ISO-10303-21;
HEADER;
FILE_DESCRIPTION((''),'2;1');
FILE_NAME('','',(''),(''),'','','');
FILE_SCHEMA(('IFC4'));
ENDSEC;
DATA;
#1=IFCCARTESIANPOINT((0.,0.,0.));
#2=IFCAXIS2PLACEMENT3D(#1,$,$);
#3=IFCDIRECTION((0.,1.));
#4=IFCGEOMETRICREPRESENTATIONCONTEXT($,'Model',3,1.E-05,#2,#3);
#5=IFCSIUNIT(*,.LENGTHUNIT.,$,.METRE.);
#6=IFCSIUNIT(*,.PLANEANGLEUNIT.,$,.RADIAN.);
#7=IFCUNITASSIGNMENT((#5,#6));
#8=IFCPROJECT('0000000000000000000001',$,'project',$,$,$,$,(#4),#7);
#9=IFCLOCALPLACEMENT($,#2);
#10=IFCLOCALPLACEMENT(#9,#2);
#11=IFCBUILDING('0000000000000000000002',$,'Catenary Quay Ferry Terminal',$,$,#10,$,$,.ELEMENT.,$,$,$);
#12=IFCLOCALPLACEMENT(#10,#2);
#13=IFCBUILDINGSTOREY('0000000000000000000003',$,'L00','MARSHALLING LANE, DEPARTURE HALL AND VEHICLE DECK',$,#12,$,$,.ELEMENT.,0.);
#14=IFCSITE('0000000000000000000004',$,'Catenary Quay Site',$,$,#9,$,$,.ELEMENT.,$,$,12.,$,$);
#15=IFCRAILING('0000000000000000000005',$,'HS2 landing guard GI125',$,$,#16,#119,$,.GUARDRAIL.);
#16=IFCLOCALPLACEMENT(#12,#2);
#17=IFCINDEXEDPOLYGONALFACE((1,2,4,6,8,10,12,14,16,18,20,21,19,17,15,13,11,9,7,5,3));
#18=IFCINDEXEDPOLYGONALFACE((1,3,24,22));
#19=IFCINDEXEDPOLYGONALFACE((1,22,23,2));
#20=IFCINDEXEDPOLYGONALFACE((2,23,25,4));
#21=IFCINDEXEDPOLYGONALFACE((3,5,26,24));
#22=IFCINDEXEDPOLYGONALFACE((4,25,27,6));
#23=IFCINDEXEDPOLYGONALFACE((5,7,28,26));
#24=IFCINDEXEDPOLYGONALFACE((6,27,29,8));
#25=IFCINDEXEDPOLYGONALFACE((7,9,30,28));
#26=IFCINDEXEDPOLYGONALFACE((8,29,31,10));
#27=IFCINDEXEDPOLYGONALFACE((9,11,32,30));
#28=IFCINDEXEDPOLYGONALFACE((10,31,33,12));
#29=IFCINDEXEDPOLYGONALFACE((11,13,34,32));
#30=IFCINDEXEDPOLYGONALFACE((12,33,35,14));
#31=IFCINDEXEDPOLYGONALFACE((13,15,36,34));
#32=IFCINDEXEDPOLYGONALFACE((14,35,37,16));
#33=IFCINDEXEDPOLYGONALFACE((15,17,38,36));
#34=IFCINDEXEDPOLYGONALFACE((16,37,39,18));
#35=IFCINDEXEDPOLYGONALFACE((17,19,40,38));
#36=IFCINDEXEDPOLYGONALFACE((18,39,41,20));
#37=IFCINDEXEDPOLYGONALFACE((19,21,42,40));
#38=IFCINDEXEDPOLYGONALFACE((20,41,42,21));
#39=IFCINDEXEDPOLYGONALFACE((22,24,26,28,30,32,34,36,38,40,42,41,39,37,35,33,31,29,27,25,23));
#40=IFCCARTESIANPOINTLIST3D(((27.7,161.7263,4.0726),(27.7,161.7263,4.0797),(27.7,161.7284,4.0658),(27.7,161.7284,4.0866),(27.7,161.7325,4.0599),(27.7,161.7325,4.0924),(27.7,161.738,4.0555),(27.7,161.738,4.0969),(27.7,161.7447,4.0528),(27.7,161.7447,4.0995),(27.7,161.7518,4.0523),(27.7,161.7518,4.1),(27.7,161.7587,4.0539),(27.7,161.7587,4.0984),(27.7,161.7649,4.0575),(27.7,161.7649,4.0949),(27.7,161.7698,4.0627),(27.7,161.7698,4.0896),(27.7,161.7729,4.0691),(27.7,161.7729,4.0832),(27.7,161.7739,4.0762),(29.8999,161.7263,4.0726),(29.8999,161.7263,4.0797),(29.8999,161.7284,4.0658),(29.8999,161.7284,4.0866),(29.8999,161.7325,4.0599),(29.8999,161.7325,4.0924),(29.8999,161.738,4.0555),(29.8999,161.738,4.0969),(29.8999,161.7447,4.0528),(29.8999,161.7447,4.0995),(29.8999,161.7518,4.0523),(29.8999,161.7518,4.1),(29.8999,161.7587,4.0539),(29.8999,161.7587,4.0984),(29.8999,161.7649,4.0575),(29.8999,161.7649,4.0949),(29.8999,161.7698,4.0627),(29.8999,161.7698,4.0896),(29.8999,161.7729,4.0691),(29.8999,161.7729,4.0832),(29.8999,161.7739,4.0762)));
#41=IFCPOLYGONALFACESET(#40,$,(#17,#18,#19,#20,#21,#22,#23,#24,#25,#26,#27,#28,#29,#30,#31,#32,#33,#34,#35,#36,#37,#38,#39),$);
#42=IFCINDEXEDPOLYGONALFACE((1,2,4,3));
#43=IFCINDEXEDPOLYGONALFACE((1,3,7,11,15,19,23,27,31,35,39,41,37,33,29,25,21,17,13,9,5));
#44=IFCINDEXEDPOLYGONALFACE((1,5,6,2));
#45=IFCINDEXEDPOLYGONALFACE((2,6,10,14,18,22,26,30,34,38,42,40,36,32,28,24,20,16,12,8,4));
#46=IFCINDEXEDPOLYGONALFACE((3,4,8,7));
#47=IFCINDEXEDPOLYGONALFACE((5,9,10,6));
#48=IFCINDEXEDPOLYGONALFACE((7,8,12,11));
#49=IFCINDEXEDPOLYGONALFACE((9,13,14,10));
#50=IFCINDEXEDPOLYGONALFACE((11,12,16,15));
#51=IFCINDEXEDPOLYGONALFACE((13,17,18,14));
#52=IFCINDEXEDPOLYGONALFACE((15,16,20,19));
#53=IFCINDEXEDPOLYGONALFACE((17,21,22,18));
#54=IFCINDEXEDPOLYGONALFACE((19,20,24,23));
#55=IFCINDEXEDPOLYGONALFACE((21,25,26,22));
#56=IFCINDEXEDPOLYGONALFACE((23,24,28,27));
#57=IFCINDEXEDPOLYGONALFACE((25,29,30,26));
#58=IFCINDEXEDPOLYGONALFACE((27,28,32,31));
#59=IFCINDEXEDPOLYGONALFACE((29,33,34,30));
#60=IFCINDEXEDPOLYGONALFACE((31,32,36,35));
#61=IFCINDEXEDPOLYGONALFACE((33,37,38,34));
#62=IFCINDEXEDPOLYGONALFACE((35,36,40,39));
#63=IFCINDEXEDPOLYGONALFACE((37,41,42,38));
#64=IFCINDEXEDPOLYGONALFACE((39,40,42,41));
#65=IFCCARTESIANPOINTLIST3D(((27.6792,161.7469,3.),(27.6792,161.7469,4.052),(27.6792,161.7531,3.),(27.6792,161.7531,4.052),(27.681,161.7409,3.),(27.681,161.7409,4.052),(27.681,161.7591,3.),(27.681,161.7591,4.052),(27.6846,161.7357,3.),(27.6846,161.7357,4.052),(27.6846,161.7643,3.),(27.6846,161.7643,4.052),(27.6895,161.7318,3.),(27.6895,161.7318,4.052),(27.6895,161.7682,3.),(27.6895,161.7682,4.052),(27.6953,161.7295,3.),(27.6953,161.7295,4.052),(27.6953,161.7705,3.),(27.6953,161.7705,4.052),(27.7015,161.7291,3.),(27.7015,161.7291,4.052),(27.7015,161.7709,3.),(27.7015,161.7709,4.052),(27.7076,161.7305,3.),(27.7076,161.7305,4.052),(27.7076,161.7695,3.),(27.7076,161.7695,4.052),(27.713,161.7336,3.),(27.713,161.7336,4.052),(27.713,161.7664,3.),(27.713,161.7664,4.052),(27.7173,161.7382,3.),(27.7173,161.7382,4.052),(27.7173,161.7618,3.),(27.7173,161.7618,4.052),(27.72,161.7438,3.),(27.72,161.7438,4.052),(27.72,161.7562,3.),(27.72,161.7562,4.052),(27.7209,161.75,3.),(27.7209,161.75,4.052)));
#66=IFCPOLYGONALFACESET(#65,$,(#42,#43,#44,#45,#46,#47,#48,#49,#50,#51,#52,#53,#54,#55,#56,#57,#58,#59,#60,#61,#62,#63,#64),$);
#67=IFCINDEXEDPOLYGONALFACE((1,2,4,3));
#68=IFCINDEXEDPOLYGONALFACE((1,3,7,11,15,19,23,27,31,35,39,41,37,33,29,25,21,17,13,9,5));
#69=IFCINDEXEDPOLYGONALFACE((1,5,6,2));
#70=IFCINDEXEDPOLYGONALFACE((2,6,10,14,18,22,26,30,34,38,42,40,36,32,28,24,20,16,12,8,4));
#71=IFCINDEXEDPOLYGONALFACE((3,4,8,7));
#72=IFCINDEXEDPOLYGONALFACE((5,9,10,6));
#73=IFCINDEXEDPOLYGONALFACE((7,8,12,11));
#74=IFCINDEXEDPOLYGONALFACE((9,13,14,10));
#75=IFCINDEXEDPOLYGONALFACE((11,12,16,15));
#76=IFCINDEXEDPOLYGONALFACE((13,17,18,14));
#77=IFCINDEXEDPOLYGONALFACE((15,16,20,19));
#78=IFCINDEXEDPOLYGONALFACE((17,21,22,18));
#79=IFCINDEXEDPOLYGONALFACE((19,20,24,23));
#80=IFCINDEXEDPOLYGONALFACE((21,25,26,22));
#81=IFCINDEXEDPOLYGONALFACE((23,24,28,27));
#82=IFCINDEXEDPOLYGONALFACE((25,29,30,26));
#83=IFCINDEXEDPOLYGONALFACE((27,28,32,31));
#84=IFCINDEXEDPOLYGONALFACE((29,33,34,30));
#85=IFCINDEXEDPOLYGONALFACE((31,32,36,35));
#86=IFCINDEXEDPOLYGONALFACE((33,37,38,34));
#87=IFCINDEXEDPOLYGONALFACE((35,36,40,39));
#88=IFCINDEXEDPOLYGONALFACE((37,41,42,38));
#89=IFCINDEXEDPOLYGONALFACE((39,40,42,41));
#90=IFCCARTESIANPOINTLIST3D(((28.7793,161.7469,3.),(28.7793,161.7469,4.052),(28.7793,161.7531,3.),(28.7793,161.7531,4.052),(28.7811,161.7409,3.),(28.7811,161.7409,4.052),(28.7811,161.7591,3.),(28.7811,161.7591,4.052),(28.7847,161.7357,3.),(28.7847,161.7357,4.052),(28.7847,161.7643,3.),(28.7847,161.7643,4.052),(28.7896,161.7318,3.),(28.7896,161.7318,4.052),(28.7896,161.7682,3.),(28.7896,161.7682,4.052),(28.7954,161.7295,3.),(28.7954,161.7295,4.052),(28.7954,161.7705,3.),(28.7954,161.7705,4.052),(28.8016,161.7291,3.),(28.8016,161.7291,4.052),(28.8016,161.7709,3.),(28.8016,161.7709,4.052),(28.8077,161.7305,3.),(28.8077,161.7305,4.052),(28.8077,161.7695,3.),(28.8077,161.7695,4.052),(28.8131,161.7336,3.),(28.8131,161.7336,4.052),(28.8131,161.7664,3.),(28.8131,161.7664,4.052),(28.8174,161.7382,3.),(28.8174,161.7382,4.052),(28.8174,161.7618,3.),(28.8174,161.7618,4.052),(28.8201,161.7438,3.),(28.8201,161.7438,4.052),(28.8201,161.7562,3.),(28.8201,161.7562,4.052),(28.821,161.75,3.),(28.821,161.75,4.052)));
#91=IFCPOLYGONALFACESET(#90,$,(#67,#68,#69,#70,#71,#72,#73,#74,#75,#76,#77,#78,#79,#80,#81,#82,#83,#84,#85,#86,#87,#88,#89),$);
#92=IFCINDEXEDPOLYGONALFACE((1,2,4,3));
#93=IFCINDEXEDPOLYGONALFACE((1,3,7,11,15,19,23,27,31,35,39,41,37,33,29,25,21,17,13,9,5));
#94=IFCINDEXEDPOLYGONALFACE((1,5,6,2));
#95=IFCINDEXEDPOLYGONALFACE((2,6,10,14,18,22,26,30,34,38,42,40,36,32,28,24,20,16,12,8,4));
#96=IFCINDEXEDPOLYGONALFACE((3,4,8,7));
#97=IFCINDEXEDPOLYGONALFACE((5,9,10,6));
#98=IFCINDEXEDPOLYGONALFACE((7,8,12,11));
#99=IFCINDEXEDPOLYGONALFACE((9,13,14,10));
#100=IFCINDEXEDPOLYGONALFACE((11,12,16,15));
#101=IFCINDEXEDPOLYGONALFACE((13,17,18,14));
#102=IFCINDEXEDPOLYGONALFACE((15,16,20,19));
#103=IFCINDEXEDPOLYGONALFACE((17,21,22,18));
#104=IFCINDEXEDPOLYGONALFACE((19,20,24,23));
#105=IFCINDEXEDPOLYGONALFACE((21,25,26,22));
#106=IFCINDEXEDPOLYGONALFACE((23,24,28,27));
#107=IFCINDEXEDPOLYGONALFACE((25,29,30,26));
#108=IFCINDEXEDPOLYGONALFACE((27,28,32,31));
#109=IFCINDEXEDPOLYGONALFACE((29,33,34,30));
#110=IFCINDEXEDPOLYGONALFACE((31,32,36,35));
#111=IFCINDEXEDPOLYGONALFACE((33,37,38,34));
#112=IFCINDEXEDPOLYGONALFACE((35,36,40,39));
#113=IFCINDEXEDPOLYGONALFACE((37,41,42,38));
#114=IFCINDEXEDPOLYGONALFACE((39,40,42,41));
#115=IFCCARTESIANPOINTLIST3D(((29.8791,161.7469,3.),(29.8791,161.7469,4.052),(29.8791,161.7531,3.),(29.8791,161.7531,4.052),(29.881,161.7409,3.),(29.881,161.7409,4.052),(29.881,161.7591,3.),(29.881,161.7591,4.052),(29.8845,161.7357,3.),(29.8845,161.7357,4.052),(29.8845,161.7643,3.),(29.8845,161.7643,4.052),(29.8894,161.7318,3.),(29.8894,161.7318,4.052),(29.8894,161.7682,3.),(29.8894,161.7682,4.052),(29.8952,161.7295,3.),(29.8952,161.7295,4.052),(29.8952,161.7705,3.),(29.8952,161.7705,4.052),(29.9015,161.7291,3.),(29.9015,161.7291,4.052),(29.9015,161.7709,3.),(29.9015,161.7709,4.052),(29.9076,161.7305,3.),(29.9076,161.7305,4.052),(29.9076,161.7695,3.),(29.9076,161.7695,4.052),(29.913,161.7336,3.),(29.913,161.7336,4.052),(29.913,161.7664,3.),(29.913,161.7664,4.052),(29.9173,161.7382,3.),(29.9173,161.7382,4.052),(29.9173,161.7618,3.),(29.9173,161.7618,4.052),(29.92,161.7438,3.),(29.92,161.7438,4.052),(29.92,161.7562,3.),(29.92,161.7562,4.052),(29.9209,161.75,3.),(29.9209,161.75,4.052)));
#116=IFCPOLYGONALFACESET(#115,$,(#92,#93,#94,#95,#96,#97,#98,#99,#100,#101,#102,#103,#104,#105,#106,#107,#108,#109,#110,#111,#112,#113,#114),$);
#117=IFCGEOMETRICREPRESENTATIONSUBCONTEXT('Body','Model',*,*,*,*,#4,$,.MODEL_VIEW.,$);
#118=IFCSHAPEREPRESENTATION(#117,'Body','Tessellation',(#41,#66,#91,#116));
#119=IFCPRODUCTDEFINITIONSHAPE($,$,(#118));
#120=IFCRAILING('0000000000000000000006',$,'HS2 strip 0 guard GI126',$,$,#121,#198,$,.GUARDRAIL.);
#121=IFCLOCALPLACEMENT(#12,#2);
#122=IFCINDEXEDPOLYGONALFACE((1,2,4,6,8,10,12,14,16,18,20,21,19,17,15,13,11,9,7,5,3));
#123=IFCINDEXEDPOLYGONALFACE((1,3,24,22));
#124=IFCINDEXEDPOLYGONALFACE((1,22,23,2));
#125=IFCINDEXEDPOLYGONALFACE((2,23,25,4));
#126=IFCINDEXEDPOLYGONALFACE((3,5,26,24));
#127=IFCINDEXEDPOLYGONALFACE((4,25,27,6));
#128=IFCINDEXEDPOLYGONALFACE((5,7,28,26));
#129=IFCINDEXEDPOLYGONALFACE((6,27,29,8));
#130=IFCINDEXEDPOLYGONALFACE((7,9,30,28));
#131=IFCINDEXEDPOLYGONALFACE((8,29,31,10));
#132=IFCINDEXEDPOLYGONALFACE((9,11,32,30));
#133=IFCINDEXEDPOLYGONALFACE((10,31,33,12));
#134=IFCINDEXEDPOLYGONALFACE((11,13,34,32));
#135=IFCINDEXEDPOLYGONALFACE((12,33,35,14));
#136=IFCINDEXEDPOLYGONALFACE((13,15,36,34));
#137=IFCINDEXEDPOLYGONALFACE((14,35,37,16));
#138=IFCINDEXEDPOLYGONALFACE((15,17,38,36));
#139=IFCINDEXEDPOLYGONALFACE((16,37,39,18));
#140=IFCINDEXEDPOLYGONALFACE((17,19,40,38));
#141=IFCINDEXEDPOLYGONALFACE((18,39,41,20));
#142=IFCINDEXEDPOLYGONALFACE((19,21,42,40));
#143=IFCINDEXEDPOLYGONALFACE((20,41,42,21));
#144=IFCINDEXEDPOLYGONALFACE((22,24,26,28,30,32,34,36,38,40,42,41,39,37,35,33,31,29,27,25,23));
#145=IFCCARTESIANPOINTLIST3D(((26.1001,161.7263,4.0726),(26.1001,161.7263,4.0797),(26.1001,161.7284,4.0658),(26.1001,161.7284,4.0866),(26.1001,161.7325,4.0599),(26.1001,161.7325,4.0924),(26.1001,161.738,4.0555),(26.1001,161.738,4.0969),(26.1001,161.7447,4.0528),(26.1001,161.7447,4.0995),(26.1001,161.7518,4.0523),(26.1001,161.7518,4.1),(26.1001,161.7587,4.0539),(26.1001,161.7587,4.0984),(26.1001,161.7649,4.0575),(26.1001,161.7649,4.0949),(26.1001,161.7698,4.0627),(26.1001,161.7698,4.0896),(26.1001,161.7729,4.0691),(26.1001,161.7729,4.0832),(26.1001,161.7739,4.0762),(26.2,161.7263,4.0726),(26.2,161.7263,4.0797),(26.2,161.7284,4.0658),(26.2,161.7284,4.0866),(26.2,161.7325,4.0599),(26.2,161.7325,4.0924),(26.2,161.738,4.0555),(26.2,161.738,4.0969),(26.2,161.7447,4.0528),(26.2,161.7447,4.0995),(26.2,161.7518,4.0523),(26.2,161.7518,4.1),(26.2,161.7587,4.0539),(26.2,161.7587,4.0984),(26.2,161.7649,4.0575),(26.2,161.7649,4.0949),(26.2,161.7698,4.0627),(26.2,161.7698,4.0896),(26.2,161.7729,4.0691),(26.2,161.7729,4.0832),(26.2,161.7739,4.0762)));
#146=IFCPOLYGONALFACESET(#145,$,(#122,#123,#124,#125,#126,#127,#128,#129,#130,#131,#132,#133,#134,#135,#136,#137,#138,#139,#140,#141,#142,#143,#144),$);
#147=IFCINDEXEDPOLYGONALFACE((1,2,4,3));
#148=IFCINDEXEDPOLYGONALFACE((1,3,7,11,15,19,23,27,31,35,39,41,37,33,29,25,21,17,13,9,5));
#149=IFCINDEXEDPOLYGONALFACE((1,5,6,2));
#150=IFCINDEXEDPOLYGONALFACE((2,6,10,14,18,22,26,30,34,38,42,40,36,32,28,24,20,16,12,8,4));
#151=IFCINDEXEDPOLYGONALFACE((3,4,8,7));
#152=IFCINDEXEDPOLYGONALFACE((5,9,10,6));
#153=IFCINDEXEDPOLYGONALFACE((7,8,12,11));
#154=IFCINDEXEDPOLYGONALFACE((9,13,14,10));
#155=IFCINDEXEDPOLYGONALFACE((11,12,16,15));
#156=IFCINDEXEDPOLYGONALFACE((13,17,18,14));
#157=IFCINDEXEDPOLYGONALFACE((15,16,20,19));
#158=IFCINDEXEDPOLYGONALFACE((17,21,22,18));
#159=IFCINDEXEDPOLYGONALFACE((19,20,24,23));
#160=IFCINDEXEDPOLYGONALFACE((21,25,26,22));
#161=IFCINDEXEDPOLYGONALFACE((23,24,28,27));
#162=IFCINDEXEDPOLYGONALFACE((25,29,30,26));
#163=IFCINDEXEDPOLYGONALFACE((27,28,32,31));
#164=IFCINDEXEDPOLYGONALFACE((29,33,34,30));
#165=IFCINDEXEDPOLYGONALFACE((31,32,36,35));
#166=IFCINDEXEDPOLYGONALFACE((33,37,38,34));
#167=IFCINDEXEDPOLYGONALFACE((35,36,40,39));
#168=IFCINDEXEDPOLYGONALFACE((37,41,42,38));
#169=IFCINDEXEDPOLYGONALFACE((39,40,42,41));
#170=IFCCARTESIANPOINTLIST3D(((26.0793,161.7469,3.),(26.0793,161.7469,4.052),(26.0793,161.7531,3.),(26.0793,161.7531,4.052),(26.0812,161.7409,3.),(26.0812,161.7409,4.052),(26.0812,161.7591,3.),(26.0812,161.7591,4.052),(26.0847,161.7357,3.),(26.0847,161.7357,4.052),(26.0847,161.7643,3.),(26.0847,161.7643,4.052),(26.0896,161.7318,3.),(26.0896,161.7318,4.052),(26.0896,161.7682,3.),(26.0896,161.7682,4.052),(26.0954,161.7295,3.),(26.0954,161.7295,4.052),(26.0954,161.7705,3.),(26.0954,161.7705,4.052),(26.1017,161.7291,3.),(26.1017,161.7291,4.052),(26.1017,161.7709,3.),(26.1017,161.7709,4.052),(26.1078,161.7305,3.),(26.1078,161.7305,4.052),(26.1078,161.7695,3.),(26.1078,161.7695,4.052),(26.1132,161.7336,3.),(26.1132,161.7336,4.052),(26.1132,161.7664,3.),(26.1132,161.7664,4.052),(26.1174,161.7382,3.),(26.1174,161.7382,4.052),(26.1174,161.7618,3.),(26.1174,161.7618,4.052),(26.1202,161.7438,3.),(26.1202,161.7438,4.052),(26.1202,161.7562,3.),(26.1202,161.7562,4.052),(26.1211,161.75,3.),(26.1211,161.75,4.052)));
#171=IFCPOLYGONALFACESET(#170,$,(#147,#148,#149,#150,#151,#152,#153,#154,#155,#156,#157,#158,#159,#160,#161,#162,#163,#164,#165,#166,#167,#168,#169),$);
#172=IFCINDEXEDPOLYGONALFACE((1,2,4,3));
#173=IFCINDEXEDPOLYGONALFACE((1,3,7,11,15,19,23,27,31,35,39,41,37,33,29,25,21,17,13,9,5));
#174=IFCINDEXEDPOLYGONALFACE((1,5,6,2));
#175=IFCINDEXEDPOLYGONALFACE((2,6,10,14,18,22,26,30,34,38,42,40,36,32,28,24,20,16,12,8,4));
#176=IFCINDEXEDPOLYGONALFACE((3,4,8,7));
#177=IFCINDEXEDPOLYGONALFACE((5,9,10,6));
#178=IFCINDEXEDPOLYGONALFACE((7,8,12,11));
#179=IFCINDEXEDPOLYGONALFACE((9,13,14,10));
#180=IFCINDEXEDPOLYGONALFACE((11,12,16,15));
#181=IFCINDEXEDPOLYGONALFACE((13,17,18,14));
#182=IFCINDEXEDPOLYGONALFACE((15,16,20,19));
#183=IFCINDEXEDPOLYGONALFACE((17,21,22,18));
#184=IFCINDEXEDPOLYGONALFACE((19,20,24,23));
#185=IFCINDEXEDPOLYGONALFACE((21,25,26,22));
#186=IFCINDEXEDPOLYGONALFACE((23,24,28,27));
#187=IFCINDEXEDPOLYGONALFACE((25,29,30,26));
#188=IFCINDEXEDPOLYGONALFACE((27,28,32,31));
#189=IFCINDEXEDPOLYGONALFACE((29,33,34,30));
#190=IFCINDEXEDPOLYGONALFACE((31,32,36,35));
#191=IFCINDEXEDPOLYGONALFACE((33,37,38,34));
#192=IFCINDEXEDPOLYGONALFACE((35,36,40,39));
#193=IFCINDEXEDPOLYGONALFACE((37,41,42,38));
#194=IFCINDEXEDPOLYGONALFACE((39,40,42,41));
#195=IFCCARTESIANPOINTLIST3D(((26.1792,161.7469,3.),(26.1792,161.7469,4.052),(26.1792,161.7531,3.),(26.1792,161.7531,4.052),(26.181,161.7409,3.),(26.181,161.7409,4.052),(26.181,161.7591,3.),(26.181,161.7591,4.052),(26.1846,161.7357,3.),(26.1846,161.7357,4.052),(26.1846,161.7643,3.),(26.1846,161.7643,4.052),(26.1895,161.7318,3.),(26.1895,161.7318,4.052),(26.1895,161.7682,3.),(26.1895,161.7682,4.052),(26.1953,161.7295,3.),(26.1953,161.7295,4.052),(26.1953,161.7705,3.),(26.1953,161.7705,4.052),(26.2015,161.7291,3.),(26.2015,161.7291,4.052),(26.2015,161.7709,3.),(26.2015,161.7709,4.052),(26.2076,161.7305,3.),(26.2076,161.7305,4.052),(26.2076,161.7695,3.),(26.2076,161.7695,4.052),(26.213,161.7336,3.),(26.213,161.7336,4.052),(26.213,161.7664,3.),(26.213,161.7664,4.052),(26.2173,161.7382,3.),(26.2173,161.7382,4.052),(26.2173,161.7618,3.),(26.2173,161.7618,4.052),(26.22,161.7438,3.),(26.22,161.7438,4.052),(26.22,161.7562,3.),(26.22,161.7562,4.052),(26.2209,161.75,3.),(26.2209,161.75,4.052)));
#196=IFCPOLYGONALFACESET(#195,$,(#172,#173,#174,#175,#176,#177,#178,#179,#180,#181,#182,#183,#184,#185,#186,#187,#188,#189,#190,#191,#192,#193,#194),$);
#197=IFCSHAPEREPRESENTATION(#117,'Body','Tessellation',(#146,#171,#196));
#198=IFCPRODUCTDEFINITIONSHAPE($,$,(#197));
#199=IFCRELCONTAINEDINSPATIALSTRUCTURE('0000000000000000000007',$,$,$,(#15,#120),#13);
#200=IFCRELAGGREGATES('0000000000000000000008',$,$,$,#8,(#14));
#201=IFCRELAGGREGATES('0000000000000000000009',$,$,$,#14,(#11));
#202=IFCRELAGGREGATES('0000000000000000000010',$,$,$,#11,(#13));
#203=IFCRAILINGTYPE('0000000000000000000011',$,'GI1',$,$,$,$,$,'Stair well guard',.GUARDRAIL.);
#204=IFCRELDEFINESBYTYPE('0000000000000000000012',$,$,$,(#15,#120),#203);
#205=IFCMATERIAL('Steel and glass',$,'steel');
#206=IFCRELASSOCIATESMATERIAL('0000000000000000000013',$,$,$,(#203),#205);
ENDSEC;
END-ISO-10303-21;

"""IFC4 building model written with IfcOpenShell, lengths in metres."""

from ifc_helpers import new_model, si_unit, direction, frame, origin, origin_2d, place, context, subcontext, project, spatial, circle, extrude, material, type_object, element, save


model = new_model("IFC4")

# Units and contexts
model_context = context("Model", 3, precision=1e-05, world=origin(), true_north=direction((0.0, 1.0)))
body_context = subcontext(model_context, "Body", "Model", "MODEL_VIEW")
ifc_project = project(units=[si_unit("LENGTHUNIT", "METRE"), si_unit("PLANEANGLEUNIT", "RADIAN")], contexts=[model_context])

# Site, building, storey
site_placement = place(None, origin())
site = spatial("IfcSite", under=ifc_project, at=site_placement, Name="Catenary Quay Site", CompositionType="ELEMENT", RefElevation=12.0)
building_placement = place(site_placement, origin())
building = spatial("IfcBuilding", under=site, at=building_placement, Name="Catenary Quay Ferry Terminal", CompositionType="ELEMENT")
storey_placement = place(building_placement, origin())
storey = spatial("IfcBuildingStorey", under=building, at=storey_placement, Name="L00", Description="MARSHALLING LANE, DEPARTURE HALL AND VEHICLE DECK", CompositionType="ELEMENT", Elevation=0.0)

# Railings
ifc_material_1 = material(Name="Steel and glass", Category="steel")
railing_type_1 = type_object("IfcRailingType", Name="GI1", ElementType="Stair well guard", PredefinedType="GUARDRAIL", material=ifc_material_1)
railing_1_placement = place(storey_placement, frame((27.7, 161.75, 3.0)))
element("IfcRailing", 1, at=railing_1_placement, inside=storey, type_object=railing_type_1, Name="HS2 landing guard GI125", PredefinedType="GUARDRAIL", context=body_context, shape_type="SweptSolid", body=[
    extrude(circle(Radius=0.0239, at=origin_2d()), frame((0.0, 0.0, 1.0762), z_axis=(1.0, 0.0, 0.0), x_axis=(0.0, 1.0, 0.0)), (0.0, 0.0, 1.0), 2.2),
    extrude(circle(Radius=0.021, at=origin_2d()), origin(), (0.0, 0.0, 1.0), 1.052),
    extrude(circle(Radius=0.021, at=origin_2d()), frame((1.1001, 0.0, 0.0)), (0.0, 0.0, 1.0), 1.052),
    extrude(circle(Radius=0.021, at=origin_2d()), frame((2.2, 0.0, 0.0)), (0.0, 0.0, 1.0), 1.052),
])
railing_2_placement = place(storey_placement, frame((26.1001, 161.75, 3.0)))
element("IfcRailing", 2, at=railing_2_placement, inside=storey, type_object=railing_type_1, Name="HS2 strip 0 guard GI126", PredefinedType="GUARDRAIL", context=body_context, shape_type="SweptSolid", body=[
    extrude(circle(Radius=0.0239, at=origin_2d()), frame((0.0, 0.0, 1.0762), z_axis=(1.0, 0.0, 0.0), x_axis=(0.0, 1.0, 0.0)), (0.0, 0.0, 1.0), 0.0999),
    extrude(circle(Radius=0.021, at=origin_2d()), origin(), (0.0, 0.0, 1.0), 1.052),
    extrude(circle(Radius=0.021, at=origin_2d()), frame((0.0999, 0.0, 0.0)), (0.0, 0.0, 1.0), 1.052),
])

save(model, "model.ifc")
